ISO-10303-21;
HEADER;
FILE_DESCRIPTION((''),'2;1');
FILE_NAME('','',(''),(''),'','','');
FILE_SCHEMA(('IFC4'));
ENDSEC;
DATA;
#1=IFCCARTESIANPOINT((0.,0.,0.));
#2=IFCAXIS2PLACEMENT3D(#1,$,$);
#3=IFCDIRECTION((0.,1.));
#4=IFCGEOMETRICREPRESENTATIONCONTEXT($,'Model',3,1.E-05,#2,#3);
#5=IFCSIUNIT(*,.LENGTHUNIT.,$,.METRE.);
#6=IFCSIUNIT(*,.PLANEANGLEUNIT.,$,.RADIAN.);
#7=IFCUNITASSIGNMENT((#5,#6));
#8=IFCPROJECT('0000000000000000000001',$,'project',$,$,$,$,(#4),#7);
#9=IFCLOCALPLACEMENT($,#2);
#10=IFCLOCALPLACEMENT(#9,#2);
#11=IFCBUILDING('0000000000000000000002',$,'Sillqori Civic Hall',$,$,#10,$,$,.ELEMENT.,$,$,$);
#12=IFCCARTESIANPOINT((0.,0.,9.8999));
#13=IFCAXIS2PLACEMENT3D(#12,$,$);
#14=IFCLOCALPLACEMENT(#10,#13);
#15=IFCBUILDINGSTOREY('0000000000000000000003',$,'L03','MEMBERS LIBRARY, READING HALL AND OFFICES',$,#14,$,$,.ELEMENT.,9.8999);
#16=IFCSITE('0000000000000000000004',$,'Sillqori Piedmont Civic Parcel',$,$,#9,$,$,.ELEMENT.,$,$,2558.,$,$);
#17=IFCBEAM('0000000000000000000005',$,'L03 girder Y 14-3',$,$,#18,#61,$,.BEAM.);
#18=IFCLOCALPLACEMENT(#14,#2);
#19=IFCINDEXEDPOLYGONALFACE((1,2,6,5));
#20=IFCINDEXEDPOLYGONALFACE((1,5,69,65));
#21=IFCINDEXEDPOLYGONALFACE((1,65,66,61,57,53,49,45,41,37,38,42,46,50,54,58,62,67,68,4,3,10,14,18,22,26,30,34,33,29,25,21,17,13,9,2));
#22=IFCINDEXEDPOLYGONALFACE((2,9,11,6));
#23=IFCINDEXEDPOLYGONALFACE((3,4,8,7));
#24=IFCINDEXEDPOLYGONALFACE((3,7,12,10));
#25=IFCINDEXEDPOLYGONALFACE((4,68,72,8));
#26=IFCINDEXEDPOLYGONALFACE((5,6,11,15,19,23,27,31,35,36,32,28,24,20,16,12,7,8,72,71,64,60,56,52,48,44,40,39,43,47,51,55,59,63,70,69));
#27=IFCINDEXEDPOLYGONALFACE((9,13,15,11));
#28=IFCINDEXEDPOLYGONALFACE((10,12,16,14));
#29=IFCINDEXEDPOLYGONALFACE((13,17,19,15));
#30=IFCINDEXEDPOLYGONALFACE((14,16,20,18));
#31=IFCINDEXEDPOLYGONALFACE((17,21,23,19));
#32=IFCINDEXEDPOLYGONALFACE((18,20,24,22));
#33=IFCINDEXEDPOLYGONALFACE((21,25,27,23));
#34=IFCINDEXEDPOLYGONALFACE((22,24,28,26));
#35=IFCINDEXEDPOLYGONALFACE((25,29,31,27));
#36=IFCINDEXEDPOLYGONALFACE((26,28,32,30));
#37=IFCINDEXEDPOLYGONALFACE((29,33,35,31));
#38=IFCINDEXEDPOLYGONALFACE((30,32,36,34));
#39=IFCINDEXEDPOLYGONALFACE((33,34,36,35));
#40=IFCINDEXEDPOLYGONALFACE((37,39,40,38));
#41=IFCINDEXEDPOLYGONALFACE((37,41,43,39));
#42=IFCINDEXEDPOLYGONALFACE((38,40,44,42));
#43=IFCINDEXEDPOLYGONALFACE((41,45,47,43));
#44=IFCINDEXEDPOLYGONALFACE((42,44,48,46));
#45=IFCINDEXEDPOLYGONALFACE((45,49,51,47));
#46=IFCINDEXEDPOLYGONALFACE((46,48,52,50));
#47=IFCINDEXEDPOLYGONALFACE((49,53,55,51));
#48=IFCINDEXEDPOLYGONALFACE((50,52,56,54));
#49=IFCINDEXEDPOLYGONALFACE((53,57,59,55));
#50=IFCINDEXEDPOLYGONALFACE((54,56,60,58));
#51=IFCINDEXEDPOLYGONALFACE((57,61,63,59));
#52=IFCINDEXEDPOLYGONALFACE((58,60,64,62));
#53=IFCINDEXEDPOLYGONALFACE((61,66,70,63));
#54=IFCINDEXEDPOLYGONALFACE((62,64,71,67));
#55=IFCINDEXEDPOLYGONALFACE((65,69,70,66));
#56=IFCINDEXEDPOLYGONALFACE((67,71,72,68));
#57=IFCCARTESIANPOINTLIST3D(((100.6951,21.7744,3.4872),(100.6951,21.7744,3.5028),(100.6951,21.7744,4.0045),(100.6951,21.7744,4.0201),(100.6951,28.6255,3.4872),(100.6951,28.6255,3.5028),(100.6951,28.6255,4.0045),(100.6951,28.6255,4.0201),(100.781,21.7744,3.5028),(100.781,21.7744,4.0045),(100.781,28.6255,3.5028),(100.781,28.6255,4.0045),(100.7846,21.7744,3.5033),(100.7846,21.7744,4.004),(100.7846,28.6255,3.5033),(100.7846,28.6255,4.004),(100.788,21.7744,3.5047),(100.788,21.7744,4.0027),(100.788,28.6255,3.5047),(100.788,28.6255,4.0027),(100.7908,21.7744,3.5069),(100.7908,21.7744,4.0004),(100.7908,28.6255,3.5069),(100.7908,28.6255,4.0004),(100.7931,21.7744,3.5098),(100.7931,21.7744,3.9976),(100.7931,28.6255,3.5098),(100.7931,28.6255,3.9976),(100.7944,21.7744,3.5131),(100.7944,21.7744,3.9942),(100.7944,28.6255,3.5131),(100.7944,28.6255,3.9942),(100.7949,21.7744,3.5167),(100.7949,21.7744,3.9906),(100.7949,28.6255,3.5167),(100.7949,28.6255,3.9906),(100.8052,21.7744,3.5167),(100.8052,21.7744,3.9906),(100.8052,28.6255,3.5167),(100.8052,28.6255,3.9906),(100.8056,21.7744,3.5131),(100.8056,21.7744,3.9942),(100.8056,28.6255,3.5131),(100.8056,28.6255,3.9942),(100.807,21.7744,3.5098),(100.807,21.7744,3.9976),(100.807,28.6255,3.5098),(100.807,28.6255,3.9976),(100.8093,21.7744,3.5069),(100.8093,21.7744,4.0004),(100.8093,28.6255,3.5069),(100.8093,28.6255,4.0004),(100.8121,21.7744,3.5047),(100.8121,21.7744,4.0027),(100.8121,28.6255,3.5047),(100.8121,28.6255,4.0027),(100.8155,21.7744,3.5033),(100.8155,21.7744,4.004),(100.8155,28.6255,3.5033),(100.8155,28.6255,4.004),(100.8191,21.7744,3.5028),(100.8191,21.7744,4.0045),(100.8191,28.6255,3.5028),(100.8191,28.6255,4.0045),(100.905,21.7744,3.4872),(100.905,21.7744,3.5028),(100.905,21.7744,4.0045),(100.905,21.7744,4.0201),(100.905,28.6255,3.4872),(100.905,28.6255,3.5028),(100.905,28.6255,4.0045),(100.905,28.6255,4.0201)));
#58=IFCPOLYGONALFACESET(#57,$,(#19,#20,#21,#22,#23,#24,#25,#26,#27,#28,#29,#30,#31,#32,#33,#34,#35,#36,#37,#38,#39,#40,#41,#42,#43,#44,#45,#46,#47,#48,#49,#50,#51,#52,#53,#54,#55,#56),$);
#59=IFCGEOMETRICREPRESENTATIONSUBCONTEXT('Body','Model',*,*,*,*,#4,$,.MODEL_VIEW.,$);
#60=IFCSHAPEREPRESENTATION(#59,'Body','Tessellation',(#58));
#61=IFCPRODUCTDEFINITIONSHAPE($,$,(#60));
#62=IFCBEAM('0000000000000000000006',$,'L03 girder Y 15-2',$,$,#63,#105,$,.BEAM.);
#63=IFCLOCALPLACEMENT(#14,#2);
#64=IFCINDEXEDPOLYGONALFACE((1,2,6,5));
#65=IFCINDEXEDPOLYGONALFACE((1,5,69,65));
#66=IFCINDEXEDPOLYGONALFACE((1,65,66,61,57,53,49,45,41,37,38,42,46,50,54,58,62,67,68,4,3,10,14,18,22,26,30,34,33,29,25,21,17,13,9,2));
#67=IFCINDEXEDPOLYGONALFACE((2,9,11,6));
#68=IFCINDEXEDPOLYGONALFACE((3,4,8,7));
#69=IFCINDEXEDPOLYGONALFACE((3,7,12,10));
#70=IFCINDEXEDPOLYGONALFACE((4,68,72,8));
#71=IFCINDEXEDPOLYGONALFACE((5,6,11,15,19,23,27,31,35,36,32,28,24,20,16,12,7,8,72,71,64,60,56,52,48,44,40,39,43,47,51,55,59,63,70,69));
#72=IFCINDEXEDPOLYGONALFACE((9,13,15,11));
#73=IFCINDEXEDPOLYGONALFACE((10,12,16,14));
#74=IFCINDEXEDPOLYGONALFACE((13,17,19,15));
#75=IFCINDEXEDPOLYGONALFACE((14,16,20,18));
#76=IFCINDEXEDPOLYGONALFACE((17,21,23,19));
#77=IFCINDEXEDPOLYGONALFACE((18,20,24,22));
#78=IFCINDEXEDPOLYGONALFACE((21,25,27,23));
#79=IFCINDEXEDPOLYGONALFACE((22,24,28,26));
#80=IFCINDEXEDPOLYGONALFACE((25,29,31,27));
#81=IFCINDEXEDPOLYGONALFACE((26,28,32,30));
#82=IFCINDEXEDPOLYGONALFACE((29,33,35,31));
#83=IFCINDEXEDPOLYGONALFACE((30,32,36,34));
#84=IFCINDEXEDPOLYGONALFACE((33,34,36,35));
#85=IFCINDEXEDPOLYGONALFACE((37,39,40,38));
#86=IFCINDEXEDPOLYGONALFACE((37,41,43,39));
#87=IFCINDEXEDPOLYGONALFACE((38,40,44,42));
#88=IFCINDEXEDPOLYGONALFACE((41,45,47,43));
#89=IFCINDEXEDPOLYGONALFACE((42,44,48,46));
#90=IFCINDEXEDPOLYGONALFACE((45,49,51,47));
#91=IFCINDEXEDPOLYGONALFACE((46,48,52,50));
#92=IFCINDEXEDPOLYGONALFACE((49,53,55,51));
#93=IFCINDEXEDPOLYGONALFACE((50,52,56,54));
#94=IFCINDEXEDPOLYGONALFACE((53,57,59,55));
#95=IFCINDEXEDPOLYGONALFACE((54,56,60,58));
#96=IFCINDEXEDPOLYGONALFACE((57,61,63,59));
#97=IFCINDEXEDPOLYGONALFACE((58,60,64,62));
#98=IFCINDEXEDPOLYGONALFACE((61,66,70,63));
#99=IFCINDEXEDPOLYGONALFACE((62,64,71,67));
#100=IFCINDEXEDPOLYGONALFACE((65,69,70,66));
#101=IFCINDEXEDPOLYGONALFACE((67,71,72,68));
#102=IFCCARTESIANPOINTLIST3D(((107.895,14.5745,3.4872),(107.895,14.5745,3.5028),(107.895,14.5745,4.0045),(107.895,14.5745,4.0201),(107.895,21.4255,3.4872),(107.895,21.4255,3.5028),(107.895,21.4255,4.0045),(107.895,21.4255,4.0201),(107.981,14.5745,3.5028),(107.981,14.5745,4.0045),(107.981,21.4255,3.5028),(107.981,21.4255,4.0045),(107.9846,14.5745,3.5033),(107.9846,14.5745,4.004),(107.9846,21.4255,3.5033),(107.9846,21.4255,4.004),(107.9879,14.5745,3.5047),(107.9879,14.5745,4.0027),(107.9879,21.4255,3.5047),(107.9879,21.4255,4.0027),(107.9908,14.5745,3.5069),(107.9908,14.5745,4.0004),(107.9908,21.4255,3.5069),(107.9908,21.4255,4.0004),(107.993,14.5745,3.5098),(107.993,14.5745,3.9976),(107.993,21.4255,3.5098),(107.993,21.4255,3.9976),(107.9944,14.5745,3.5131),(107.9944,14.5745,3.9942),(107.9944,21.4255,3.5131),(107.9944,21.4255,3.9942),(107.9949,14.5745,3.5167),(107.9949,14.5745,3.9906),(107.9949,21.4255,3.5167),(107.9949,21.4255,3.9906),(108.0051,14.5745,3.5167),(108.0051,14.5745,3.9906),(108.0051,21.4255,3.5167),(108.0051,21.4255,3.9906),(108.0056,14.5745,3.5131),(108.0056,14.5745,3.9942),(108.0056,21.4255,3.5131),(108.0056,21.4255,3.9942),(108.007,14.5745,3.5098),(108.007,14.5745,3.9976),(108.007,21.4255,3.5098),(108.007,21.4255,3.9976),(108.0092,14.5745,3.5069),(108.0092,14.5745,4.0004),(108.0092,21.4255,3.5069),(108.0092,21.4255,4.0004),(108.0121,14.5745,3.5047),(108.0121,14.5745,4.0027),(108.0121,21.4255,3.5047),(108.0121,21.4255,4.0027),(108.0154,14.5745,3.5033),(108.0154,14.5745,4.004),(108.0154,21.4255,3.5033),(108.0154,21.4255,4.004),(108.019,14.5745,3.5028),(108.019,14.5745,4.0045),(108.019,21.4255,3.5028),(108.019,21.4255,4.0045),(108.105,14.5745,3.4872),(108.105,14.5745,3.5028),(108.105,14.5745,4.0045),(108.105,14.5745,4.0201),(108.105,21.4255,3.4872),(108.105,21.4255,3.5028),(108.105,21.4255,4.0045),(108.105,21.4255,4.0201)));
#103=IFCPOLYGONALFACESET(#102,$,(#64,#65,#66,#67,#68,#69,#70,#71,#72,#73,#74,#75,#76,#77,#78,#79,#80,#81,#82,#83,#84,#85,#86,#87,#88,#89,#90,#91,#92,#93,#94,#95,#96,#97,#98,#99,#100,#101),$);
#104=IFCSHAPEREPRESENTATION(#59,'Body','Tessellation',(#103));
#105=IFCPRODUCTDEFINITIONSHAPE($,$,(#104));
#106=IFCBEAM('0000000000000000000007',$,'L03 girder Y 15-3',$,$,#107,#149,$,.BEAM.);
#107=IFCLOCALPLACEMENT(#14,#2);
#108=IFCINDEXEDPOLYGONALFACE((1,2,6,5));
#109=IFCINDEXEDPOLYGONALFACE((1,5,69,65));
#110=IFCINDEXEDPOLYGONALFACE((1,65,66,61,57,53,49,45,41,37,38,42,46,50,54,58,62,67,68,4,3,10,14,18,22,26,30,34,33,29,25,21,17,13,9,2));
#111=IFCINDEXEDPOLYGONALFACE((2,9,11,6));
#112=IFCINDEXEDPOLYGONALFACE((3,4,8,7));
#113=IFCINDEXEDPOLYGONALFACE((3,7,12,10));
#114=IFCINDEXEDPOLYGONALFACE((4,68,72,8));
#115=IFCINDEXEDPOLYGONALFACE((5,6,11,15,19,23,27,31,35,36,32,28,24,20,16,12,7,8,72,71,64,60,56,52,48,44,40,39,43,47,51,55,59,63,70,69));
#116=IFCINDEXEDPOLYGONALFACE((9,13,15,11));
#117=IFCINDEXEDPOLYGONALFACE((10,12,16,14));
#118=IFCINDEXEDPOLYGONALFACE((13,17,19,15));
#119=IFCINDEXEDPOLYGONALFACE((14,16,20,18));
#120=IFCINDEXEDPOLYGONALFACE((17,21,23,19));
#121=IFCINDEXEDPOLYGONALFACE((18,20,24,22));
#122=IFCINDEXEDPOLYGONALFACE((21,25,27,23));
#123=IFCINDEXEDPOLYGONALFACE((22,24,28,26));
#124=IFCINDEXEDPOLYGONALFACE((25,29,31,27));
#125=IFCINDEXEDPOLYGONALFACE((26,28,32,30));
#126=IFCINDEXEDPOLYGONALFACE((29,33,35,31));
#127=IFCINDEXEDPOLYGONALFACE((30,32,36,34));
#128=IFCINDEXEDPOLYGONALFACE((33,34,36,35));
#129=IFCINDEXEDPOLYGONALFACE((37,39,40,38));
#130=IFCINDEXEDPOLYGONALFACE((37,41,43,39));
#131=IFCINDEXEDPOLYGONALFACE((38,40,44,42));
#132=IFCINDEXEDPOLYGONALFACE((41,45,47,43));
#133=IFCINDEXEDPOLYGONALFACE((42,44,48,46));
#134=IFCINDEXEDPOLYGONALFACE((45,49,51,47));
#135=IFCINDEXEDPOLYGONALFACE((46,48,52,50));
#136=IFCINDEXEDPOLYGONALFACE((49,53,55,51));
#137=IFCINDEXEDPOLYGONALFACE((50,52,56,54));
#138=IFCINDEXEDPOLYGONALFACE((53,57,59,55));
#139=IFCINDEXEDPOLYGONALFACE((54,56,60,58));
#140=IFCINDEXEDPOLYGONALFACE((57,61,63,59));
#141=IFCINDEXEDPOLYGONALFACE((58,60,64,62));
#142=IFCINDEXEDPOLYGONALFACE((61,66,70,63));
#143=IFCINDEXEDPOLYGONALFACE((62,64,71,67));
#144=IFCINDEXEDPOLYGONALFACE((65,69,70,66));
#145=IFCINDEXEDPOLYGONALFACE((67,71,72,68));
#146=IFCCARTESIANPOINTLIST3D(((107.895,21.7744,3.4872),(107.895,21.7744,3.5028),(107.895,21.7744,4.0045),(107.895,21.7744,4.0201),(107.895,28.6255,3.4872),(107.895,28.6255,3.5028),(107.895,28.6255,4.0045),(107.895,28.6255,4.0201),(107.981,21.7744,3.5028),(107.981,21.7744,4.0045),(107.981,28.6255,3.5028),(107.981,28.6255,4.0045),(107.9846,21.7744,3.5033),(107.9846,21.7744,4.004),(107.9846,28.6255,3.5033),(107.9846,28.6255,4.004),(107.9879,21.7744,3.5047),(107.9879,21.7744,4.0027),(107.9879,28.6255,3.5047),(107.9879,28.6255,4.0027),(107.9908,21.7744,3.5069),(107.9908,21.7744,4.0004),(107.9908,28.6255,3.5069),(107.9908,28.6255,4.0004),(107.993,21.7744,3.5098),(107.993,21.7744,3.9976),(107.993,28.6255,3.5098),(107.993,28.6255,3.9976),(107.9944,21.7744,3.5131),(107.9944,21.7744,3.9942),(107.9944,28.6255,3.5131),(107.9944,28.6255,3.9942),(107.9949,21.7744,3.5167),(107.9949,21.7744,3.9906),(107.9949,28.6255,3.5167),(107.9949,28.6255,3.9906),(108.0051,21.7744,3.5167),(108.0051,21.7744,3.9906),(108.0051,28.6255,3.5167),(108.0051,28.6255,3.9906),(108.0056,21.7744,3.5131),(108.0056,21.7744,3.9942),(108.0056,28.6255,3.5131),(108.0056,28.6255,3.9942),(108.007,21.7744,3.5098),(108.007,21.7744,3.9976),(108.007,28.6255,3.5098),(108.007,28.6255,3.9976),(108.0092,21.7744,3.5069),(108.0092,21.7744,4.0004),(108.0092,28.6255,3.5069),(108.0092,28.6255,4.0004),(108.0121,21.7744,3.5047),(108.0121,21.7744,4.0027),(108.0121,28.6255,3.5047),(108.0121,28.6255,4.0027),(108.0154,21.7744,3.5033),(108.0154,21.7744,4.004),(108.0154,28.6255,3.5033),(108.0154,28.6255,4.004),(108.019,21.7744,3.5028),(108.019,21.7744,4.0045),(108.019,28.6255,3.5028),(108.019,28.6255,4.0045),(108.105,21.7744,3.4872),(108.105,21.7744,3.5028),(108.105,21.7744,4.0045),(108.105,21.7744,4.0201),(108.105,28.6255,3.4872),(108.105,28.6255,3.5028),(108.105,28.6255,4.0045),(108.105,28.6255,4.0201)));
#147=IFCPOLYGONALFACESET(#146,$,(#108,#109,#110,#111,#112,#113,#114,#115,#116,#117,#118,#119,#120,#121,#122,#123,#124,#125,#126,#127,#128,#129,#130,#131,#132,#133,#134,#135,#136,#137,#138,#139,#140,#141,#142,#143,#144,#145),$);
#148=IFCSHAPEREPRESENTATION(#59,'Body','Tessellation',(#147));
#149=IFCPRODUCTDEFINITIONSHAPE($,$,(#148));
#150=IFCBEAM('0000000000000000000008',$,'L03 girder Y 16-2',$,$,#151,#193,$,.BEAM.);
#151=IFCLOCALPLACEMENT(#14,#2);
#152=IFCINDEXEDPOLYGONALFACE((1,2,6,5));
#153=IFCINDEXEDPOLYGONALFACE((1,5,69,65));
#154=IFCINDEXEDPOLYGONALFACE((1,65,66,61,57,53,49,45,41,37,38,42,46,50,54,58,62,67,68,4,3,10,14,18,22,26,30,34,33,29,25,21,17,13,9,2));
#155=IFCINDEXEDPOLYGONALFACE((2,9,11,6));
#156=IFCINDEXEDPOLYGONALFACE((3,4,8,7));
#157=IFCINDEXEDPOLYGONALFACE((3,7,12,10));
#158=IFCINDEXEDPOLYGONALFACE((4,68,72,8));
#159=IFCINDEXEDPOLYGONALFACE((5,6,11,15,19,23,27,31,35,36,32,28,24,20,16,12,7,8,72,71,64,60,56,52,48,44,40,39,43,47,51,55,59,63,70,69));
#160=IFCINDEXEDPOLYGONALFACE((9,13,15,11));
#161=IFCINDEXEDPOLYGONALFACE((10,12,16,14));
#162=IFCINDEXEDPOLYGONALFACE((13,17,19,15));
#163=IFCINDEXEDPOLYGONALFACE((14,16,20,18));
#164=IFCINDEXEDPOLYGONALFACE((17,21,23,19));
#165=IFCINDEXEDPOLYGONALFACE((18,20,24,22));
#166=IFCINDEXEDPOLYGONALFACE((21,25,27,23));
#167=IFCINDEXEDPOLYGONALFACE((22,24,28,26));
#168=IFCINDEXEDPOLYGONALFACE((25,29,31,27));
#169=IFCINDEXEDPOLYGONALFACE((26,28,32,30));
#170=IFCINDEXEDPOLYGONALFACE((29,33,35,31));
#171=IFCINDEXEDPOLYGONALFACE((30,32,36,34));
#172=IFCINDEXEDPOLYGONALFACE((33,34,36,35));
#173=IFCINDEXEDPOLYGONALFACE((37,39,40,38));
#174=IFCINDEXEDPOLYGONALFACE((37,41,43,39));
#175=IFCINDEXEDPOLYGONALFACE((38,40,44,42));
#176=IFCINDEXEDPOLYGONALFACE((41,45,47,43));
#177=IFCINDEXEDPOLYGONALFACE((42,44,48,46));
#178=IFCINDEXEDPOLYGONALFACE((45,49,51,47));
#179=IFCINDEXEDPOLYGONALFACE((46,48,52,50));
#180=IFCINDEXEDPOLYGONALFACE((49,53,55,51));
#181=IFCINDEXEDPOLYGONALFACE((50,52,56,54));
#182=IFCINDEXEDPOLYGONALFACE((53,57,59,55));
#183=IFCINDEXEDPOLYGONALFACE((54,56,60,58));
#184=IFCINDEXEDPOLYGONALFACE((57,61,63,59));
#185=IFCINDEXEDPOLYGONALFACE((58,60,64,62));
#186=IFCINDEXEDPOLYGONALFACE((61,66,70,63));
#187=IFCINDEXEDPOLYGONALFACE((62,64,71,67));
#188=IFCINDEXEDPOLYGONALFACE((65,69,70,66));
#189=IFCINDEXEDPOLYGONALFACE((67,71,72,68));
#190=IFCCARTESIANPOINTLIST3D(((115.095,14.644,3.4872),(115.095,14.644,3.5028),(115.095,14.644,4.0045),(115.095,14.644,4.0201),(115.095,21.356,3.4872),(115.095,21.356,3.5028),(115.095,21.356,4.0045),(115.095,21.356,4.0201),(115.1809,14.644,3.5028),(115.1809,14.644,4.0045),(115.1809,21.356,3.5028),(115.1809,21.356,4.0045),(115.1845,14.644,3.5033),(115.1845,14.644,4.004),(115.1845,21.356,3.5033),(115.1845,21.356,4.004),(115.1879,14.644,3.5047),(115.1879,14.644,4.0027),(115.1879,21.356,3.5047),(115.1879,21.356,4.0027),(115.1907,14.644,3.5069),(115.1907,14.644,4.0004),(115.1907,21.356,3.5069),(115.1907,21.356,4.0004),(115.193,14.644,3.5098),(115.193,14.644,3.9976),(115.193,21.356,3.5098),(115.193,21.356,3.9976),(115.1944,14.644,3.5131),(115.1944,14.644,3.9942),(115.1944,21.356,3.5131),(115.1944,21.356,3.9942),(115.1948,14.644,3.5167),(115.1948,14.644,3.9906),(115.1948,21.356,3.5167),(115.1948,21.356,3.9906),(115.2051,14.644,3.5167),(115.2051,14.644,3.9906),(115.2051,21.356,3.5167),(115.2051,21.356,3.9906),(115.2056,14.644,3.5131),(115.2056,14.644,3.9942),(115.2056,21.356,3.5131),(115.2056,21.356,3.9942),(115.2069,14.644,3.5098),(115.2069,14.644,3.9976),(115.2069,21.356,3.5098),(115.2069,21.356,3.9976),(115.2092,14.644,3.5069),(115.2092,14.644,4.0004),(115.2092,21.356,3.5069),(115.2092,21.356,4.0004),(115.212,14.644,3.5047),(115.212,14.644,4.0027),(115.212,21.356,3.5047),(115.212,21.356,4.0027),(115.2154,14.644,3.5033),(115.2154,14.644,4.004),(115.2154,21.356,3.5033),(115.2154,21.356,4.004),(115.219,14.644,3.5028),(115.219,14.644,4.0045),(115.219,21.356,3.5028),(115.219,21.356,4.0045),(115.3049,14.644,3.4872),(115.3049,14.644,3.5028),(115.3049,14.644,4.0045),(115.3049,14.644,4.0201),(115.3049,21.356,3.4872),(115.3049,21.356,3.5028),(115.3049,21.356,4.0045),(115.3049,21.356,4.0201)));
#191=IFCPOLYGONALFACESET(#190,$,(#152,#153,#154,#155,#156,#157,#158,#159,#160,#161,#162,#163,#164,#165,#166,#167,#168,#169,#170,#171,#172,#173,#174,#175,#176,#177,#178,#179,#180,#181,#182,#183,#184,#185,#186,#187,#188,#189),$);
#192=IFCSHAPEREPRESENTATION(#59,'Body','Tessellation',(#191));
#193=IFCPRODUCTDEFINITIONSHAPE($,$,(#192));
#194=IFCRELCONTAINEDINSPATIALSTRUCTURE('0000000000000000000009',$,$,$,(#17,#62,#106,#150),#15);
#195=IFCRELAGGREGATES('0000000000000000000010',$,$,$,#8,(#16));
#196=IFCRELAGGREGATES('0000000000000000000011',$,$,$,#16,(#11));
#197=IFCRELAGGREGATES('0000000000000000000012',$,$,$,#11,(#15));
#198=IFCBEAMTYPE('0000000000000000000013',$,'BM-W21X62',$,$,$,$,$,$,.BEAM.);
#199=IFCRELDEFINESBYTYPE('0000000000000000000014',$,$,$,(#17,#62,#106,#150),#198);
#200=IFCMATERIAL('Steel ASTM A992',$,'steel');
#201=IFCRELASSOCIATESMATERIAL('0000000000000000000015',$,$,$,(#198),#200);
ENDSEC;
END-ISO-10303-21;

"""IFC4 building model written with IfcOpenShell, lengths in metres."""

from ifc_helpers import new_model, si_unit, direction, frame, origin, origin_2d, place, context, subcontext, project, spatial, i_section, extrude, material, material_profile, profile_set, type_object, element, save


model = new_model("IFC4")

# Units and contexts
model_context = context("Model", 3, precision=1e-05, world=origin(), true_north=direction((0.0, 1.0)))
body_context = subcontext(model_context, "Body", "Model", "MODEL_VIEW")
ifc_project = project(units=[si_unit("LENGTHUNIT", "METRE"), si_unit("PLANEANGLEUNIT", "RADIAN")], contexts=[model_context])

# Site, building, storey
site_placement = place(None, origin())
site = spatial("IfcSite", under=ifc_project, at=site_placement, Name="Sillqori Piedmont Civic Parcel", CompositionType="ELEMENT", RefElevation=2558.0)
building_placement = place(site_placement, origin())
building = spatial("IfcBuilding", under=site, at=building_placement, Name="Sillqori Civic Hall", CompositionType="ELEMENT")
storey_placement = place(building_placement, frame((0.0, 0.0, 9.8999)))
storey = spatial("IfcBuildingStorey", under=building, at=storey_placement, Name="L03", Description="MEMBERS LIBRARY, READING HALL AND OFFICES", CompositionType="ELEMENT", Elevation=9.8999)

# Shared definitions
ifc_material_1 = material(Name="Steel ASTM A992", Category="steel")

# Beams
ifc_material_profile_1 = material_profile(ifc_material_1, i_section(OverallWidth=0.21, OverallDepth=0.533, WebThickness=0.0103, FlangeThickness=0.0156, FilletRadius=0.0139, at=origin_2d()), Name="W21X62")
ifc_profile_set_1 = profile_set([ifc_material_profile_1], Name="Steel ASTM A992")
beam_type_1 = type_object("IfcBeamType", Name="BM-W21X62", PredefinedType="BEAM", material=ifc_profile_set_1)
for number, where, z_axis, x_axis, name in (
    (1, (100.8, 21.7744, 3.7537), (0.0, 1.0, 0.0), (-1.0, 0.0, 0.0), "L03 girder Y 14-3"),
    (2, (108.0, 14.5745, 3.7537), (0.0, 1.0, 0.0), (-1.0, 0.0, 0.0), "L03 girder Y 15-2"),
    (3, (108.0, 21.7744, 3.7537), (0.0, 1.0, 0.0), (-1.0, 0.0, 0.0), "L03 girder Y 15-3"),
):
    element("IfcBeam", number, at=place(storey_placement, frame(where, z_axis=z_axis, x_axis=x_axis)), inside=storey, type_object=beam_type_1, Name=name, PredefinedType="BEAM", context=body_context, shape_type="SweptSolid", body=[
        extrude(i_section(OverallWidth=0.21, OverallDepth=0.533, WebThickness=0.0103, FlangeThickness=0.0156, FilletRadius=0.0139, at=origin_2d()), origin(), (0.0, 0.0, 1.0), 6.8511),
    ])
for number, where, z_axis, x_axis, name in (
    (4, (115.2, 14.644, 3.7537), (0.0, 1.0, 0.0), (-1.0, 0.0, 0.0), "L03 girder Y 16-2"),
):
    element("IfcBeam", number, at=place(storey_placement, frame(where, z_axis=z_axis, x_axis=x_axis)), inside=storey, type_object=beam_type_1, Name=name, PredefinedType="BEAM", context=body_context, shape_type="SweptSolid", body=[
        extrude(i_section(OverallWidth=0.21, OverallDepth=0.533, WebThickness=0.0103, FlangeThickness=0.0156, FilletRadius=0.0139, at=origin_2d()), origin(), (0.0, 0.0, 1.0), 6.7119),
    ])

save(model, "model.ifc")
